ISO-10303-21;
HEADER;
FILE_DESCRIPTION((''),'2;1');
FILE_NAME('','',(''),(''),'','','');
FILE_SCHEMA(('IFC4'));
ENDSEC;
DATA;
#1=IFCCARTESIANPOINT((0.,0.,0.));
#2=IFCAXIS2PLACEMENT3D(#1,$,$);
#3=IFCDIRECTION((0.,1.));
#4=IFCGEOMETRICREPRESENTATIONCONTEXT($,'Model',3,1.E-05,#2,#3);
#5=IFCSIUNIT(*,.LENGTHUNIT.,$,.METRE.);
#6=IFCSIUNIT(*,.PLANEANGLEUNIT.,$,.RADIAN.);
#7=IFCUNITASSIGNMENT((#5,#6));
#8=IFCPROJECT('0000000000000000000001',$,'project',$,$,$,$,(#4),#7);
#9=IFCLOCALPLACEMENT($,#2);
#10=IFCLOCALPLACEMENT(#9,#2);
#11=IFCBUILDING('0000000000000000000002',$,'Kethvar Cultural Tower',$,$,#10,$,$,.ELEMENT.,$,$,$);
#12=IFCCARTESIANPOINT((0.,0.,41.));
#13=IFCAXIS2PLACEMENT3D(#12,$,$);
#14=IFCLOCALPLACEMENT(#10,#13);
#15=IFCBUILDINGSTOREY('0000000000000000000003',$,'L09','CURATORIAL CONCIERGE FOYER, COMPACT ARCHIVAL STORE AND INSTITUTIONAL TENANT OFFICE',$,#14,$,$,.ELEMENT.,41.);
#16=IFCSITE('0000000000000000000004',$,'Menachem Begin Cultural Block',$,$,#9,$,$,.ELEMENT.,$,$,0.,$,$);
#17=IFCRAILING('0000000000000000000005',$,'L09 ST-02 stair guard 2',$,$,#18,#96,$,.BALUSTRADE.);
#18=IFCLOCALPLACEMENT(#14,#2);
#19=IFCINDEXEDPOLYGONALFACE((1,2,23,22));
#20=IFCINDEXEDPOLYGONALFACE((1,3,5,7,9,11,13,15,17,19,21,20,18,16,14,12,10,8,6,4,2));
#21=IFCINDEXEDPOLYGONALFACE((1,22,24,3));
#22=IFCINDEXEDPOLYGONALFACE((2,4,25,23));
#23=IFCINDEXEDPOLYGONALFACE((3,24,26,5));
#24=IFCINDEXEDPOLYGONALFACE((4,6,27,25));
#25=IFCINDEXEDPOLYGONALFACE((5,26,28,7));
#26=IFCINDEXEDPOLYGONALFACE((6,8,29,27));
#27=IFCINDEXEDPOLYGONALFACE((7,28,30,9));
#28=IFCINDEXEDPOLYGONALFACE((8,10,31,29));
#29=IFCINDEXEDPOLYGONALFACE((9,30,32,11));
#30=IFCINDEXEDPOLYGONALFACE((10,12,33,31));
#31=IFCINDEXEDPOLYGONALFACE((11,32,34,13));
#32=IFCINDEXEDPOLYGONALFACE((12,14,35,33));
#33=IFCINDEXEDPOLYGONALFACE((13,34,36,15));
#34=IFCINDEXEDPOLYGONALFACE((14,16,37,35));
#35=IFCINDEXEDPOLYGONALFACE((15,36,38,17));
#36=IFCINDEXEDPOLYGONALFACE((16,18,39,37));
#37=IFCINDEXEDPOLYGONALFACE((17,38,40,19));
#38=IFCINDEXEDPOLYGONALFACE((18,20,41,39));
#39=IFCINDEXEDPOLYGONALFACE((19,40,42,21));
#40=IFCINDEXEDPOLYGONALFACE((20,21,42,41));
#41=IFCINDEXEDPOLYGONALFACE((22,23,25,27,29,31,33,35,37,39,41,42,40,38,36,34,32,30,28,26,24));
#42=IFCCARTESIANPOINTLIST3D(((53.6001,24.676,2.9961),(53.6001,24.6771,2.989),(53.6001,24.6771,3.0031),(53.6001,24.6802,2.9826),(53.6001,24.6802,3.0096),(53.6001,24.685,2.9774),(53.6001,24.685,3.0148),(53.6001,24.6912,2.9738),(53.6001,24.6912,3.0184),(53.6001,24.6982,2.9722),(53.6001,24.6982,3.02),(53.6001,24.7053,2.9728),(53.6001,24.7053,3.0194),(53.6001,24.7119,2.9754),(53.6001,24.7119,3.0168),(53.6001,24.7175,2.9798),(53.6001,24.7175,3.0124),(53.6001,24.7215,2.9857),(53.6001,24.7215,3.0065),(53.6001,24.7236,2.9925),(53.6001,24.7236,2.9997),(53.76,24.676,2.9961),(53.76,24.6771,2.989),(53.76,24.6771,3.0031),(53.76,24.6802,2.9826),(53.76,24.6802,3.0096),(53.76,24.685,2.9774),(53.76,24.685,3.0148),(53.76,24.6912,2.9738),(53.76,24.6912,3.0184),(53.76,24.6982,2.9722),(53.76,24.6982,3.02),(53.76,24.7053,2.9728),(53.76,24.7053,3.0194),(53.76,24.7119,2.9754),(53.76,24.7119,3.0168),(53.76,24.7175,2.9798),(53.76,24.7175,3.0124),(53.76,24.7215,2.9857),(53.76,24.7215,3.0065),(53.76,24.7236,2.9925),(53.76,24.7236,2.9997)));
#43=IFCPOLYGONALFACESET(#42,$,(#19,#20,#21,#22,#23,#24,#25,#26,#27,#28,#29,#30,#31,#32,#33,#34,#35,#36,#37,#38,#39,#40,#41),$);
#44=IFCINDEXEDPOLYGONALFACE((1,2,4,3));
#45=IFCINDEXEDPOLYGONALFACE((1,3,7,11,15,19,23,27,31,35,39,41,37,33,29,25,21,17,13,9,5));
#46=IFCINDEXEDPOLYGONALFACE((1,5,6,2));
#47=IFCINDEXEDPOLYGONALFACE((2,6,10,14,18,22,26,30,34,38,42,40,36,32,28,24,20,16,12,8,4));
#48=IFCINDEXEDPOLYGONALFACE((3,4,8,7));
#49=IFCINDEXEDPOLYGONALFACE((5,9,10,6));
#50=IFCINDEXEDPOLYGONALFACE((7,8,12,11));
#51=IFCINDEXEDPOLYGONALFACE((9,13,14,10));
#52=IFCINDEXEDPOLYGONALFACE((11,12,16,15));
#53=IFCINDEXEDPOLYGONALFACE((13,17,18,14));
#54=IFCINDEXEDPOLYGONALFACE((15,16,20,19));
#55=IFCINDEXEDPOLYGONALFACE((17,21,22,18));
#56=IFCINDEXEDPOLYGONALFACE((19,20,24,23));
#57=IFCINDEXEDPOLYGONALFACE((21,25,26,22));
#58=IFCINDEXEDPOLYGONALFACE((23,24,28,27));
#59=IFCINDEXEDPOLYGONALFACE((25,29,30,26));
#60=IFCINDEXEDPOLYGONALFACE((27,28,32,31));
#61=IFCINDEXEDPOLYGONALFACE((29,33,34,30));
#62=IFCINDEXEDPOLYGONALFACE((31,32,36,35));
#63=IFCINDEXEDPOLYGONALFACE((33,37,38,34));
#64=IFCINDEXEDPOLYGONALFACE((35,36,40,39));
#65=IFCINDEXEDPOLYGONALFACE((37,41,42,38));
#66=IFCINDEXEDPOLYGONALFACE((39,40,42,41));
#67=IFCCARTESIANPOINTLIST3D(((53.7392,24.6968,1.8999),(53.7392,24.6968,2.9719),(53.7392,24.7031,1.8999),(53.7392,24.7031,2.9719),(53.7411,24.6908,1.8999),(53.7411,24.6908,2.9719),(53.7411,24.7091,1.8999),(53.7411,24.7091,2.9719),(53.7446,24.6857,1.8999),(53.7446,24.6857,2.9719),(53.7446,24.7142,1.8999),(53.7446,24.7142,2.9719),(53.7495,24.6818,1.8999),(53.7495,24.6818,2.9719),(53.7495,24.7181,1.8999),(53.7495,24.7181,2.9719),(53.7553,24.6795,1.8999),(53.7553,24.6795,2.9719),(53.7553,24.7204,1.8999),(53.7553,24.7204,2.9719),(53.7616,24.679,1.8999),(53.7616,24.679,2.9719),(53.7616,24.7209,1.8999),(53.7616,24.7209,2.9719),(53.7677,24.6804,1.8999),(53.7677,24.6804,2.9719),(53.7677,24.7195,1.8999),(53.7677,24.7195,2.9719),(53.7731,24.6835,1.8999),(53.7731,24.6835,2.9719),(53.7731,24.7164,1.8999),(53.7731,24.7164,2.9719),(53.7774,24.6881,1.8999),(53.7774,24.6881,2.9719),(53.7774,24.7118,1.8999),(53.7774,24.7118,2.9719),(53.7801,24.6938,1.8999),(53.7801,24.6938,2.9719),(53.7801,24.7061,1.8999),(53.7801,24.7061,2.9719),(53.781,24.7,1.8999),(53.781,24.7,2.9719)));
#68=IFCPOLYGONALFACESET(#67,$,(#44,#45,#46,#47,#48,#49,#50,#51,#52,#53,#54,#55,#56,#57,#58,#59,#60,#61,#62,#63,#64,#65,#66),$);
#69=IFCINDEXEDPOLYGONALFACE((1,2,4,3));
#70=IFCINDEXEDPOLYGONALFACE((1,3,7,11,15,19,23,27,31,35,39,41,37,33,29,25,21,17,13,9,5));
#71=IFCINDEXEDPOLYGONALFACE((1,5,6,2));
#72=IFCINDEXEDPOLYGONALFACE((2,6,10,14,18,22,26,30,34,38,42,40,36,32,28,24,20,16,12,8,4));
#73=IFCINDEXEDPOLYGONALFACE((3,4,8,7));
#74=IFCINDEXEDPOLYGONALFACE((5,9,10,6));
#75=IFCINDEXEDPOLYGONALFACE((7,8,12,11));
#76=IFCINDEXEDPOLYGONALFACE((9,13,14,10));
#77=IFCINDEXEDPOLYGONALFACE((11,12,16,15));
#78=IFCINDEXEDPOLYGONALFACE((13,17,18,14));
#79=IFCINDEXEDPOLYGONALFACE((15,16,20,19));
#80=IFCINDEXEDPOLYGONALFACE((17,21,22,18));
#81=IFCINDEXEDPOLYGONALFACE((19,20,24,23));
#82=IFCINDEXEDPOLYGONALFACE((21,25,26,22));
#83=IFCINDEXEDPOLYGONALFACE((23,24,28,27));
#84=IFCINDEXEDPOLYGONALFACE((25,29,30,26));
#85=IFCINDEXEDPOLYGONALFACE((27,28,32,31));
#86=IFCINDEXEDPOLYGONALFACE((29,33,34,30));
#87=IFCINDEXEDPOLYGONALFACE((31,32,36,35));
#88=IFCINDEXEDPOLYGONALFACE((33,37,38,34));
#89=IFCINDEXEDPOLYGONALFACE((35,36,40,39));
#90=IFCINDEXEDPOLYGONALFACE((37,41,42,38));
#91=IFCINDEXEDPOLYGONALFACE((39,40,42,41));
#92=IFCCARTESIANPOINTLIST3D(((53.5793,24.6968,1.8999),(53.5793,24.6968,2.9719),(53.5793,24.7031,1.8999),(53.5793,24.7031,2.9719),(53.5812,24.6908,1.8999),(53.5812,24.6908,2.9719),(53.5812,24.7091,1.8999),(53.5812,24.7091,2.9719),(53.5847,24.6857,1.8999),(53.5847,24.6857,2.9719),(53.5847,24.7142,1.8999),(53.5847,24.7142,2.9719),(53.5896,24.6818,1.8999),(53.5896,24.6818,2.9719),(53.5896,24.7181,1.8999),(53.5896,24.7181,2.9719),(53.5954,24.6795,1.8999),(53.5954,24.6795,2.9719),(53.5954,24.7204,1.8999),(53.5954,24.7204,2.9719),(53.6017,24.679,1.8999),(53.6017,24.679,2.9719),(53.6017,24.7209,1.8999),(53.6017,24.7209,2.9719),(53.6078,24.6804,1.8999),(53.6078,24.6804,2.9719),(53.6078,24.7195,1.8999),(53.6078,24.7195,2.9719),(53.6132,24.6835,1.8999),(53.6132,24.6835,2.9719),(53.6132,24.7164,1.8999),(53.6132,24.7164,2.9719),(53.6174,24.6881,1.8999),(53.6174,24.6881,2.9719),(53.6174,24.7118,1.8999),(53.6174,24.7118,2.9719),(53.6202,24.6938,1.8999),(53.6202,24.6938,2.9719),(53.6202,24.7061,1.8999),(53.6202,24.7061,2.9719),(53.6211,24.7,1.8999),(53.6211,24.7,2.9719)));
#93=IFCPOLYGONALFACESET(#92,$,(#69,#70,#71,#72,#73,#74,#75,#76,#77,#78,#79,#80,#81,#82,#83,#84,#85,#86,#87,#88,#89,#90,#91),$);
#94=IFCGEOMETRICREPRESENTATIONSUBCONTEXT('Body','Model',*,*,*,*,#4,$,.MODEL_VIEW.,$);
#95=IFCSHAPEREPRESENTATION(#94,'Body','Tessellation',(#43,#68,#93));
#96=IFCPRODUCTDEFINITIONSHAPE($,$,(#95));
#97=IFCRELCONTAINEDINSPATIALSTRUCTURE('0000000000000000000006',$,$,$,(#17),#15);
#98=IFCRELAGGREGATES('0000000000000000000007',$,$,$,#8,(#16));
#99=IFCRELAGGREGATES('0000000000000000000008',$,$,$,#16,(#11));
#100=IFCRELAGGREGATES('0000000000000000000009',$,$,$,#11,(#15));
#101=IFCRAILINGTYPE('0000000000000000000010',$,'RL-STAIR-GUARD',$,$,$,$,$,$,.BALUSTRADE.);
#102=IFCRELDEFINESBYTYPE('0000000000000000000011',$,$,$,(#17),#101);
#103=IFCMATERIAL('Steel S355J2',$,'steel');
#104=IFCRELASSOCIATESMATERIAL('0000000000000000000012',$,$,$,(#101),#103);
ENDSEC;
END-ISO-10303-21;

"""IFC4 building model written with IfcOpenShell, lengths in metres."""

from ifc_helpers import new_model, si_unit, direction, frame, origin, origin_2d, place, context, subcontext, project, spatial, circle, extrude, material, type_object, element, save


model = new_model("IFC4")

# Units and contexts
model_context = context("Model", 3, precision=1e-05, world=origin(), true_north=direction((0.0, 1.0)))
body_context = subcontext(model_context, "Body", "Model", "MODEL_VIEW")
ifc_project = project(units=[si_unit("LENGTHUNIT", "METRE"), si_unit("PLANEANGLEUNIT", "RADIAN")], contexts=[model_context])

# Site, building, storey
site_placement = place(None, origin())
site = spatial("IfcSite", under=ifc_project, at=site_placement, Name="Menachem Begin Cultural Block", CompositionType="ELEMENT", RefElevation=0.0)
building_placement = place(site_placement, origin())
building = spatial("IfcBuilding", under=site, at=building_placement, Name="Kethvar Cultural Tower", CompositionType="ELEMENT")
storey_placement = place(building_placement, frame((0.0, 0.0, 41.0)))
storey = spatial("IfcBuildingStorey", under=building, at=storey_placement, Name="L09", Description="CURATORIAL CONCIERGE FOYER, COMPACT ARCHIVAL STORE AND INSTITUTIONAL TENANT OFFICE", CompositionType="ELEMENT", Elevation=41.0)

# Shared definitions
ifc_material_1 = material(Name="Steel S355J2", Category="steel")

# Railing
railing_type_1 = type_object("IfcRailingType", Name="RL-STAIR-GUARD", PredefinedType="BALUSTRADE", material=ifc_material_1)
railing_1_placement = place(storey_placement, frame((53.76, 24.7, 1.8999)))
element("IfcRailing", 1, at=railing_1_placement, inside=storey, type_object=railing_type_1, Name="L09 ST-02 stair guard 2", PredefinedType="BALUSTRADE", context=body_context, shape_type="SweptSolid", body=[
    extrude(circle(Radius=0.0239, at=origin_2d()), frame((0.0, 0.0, 1.0962), z_axis=(-1.0, 0.0, 0.0), x_axis=(0.0, -1.0, 0.0)), (0.0, 0.0, 1.0), 0.1599),
    extrude(circle(Radius=0.021, at=origin_2d()), origin(), (0.0, 0.0, 1.0), 1.072),
    extrude(circle(Radius=0.021, at=origin_2d()), frame((-0.1599, 0.0, 0.0)), (0.0, 0.0, 1.0), 1.072),
])

save(model, "model.ifc")
